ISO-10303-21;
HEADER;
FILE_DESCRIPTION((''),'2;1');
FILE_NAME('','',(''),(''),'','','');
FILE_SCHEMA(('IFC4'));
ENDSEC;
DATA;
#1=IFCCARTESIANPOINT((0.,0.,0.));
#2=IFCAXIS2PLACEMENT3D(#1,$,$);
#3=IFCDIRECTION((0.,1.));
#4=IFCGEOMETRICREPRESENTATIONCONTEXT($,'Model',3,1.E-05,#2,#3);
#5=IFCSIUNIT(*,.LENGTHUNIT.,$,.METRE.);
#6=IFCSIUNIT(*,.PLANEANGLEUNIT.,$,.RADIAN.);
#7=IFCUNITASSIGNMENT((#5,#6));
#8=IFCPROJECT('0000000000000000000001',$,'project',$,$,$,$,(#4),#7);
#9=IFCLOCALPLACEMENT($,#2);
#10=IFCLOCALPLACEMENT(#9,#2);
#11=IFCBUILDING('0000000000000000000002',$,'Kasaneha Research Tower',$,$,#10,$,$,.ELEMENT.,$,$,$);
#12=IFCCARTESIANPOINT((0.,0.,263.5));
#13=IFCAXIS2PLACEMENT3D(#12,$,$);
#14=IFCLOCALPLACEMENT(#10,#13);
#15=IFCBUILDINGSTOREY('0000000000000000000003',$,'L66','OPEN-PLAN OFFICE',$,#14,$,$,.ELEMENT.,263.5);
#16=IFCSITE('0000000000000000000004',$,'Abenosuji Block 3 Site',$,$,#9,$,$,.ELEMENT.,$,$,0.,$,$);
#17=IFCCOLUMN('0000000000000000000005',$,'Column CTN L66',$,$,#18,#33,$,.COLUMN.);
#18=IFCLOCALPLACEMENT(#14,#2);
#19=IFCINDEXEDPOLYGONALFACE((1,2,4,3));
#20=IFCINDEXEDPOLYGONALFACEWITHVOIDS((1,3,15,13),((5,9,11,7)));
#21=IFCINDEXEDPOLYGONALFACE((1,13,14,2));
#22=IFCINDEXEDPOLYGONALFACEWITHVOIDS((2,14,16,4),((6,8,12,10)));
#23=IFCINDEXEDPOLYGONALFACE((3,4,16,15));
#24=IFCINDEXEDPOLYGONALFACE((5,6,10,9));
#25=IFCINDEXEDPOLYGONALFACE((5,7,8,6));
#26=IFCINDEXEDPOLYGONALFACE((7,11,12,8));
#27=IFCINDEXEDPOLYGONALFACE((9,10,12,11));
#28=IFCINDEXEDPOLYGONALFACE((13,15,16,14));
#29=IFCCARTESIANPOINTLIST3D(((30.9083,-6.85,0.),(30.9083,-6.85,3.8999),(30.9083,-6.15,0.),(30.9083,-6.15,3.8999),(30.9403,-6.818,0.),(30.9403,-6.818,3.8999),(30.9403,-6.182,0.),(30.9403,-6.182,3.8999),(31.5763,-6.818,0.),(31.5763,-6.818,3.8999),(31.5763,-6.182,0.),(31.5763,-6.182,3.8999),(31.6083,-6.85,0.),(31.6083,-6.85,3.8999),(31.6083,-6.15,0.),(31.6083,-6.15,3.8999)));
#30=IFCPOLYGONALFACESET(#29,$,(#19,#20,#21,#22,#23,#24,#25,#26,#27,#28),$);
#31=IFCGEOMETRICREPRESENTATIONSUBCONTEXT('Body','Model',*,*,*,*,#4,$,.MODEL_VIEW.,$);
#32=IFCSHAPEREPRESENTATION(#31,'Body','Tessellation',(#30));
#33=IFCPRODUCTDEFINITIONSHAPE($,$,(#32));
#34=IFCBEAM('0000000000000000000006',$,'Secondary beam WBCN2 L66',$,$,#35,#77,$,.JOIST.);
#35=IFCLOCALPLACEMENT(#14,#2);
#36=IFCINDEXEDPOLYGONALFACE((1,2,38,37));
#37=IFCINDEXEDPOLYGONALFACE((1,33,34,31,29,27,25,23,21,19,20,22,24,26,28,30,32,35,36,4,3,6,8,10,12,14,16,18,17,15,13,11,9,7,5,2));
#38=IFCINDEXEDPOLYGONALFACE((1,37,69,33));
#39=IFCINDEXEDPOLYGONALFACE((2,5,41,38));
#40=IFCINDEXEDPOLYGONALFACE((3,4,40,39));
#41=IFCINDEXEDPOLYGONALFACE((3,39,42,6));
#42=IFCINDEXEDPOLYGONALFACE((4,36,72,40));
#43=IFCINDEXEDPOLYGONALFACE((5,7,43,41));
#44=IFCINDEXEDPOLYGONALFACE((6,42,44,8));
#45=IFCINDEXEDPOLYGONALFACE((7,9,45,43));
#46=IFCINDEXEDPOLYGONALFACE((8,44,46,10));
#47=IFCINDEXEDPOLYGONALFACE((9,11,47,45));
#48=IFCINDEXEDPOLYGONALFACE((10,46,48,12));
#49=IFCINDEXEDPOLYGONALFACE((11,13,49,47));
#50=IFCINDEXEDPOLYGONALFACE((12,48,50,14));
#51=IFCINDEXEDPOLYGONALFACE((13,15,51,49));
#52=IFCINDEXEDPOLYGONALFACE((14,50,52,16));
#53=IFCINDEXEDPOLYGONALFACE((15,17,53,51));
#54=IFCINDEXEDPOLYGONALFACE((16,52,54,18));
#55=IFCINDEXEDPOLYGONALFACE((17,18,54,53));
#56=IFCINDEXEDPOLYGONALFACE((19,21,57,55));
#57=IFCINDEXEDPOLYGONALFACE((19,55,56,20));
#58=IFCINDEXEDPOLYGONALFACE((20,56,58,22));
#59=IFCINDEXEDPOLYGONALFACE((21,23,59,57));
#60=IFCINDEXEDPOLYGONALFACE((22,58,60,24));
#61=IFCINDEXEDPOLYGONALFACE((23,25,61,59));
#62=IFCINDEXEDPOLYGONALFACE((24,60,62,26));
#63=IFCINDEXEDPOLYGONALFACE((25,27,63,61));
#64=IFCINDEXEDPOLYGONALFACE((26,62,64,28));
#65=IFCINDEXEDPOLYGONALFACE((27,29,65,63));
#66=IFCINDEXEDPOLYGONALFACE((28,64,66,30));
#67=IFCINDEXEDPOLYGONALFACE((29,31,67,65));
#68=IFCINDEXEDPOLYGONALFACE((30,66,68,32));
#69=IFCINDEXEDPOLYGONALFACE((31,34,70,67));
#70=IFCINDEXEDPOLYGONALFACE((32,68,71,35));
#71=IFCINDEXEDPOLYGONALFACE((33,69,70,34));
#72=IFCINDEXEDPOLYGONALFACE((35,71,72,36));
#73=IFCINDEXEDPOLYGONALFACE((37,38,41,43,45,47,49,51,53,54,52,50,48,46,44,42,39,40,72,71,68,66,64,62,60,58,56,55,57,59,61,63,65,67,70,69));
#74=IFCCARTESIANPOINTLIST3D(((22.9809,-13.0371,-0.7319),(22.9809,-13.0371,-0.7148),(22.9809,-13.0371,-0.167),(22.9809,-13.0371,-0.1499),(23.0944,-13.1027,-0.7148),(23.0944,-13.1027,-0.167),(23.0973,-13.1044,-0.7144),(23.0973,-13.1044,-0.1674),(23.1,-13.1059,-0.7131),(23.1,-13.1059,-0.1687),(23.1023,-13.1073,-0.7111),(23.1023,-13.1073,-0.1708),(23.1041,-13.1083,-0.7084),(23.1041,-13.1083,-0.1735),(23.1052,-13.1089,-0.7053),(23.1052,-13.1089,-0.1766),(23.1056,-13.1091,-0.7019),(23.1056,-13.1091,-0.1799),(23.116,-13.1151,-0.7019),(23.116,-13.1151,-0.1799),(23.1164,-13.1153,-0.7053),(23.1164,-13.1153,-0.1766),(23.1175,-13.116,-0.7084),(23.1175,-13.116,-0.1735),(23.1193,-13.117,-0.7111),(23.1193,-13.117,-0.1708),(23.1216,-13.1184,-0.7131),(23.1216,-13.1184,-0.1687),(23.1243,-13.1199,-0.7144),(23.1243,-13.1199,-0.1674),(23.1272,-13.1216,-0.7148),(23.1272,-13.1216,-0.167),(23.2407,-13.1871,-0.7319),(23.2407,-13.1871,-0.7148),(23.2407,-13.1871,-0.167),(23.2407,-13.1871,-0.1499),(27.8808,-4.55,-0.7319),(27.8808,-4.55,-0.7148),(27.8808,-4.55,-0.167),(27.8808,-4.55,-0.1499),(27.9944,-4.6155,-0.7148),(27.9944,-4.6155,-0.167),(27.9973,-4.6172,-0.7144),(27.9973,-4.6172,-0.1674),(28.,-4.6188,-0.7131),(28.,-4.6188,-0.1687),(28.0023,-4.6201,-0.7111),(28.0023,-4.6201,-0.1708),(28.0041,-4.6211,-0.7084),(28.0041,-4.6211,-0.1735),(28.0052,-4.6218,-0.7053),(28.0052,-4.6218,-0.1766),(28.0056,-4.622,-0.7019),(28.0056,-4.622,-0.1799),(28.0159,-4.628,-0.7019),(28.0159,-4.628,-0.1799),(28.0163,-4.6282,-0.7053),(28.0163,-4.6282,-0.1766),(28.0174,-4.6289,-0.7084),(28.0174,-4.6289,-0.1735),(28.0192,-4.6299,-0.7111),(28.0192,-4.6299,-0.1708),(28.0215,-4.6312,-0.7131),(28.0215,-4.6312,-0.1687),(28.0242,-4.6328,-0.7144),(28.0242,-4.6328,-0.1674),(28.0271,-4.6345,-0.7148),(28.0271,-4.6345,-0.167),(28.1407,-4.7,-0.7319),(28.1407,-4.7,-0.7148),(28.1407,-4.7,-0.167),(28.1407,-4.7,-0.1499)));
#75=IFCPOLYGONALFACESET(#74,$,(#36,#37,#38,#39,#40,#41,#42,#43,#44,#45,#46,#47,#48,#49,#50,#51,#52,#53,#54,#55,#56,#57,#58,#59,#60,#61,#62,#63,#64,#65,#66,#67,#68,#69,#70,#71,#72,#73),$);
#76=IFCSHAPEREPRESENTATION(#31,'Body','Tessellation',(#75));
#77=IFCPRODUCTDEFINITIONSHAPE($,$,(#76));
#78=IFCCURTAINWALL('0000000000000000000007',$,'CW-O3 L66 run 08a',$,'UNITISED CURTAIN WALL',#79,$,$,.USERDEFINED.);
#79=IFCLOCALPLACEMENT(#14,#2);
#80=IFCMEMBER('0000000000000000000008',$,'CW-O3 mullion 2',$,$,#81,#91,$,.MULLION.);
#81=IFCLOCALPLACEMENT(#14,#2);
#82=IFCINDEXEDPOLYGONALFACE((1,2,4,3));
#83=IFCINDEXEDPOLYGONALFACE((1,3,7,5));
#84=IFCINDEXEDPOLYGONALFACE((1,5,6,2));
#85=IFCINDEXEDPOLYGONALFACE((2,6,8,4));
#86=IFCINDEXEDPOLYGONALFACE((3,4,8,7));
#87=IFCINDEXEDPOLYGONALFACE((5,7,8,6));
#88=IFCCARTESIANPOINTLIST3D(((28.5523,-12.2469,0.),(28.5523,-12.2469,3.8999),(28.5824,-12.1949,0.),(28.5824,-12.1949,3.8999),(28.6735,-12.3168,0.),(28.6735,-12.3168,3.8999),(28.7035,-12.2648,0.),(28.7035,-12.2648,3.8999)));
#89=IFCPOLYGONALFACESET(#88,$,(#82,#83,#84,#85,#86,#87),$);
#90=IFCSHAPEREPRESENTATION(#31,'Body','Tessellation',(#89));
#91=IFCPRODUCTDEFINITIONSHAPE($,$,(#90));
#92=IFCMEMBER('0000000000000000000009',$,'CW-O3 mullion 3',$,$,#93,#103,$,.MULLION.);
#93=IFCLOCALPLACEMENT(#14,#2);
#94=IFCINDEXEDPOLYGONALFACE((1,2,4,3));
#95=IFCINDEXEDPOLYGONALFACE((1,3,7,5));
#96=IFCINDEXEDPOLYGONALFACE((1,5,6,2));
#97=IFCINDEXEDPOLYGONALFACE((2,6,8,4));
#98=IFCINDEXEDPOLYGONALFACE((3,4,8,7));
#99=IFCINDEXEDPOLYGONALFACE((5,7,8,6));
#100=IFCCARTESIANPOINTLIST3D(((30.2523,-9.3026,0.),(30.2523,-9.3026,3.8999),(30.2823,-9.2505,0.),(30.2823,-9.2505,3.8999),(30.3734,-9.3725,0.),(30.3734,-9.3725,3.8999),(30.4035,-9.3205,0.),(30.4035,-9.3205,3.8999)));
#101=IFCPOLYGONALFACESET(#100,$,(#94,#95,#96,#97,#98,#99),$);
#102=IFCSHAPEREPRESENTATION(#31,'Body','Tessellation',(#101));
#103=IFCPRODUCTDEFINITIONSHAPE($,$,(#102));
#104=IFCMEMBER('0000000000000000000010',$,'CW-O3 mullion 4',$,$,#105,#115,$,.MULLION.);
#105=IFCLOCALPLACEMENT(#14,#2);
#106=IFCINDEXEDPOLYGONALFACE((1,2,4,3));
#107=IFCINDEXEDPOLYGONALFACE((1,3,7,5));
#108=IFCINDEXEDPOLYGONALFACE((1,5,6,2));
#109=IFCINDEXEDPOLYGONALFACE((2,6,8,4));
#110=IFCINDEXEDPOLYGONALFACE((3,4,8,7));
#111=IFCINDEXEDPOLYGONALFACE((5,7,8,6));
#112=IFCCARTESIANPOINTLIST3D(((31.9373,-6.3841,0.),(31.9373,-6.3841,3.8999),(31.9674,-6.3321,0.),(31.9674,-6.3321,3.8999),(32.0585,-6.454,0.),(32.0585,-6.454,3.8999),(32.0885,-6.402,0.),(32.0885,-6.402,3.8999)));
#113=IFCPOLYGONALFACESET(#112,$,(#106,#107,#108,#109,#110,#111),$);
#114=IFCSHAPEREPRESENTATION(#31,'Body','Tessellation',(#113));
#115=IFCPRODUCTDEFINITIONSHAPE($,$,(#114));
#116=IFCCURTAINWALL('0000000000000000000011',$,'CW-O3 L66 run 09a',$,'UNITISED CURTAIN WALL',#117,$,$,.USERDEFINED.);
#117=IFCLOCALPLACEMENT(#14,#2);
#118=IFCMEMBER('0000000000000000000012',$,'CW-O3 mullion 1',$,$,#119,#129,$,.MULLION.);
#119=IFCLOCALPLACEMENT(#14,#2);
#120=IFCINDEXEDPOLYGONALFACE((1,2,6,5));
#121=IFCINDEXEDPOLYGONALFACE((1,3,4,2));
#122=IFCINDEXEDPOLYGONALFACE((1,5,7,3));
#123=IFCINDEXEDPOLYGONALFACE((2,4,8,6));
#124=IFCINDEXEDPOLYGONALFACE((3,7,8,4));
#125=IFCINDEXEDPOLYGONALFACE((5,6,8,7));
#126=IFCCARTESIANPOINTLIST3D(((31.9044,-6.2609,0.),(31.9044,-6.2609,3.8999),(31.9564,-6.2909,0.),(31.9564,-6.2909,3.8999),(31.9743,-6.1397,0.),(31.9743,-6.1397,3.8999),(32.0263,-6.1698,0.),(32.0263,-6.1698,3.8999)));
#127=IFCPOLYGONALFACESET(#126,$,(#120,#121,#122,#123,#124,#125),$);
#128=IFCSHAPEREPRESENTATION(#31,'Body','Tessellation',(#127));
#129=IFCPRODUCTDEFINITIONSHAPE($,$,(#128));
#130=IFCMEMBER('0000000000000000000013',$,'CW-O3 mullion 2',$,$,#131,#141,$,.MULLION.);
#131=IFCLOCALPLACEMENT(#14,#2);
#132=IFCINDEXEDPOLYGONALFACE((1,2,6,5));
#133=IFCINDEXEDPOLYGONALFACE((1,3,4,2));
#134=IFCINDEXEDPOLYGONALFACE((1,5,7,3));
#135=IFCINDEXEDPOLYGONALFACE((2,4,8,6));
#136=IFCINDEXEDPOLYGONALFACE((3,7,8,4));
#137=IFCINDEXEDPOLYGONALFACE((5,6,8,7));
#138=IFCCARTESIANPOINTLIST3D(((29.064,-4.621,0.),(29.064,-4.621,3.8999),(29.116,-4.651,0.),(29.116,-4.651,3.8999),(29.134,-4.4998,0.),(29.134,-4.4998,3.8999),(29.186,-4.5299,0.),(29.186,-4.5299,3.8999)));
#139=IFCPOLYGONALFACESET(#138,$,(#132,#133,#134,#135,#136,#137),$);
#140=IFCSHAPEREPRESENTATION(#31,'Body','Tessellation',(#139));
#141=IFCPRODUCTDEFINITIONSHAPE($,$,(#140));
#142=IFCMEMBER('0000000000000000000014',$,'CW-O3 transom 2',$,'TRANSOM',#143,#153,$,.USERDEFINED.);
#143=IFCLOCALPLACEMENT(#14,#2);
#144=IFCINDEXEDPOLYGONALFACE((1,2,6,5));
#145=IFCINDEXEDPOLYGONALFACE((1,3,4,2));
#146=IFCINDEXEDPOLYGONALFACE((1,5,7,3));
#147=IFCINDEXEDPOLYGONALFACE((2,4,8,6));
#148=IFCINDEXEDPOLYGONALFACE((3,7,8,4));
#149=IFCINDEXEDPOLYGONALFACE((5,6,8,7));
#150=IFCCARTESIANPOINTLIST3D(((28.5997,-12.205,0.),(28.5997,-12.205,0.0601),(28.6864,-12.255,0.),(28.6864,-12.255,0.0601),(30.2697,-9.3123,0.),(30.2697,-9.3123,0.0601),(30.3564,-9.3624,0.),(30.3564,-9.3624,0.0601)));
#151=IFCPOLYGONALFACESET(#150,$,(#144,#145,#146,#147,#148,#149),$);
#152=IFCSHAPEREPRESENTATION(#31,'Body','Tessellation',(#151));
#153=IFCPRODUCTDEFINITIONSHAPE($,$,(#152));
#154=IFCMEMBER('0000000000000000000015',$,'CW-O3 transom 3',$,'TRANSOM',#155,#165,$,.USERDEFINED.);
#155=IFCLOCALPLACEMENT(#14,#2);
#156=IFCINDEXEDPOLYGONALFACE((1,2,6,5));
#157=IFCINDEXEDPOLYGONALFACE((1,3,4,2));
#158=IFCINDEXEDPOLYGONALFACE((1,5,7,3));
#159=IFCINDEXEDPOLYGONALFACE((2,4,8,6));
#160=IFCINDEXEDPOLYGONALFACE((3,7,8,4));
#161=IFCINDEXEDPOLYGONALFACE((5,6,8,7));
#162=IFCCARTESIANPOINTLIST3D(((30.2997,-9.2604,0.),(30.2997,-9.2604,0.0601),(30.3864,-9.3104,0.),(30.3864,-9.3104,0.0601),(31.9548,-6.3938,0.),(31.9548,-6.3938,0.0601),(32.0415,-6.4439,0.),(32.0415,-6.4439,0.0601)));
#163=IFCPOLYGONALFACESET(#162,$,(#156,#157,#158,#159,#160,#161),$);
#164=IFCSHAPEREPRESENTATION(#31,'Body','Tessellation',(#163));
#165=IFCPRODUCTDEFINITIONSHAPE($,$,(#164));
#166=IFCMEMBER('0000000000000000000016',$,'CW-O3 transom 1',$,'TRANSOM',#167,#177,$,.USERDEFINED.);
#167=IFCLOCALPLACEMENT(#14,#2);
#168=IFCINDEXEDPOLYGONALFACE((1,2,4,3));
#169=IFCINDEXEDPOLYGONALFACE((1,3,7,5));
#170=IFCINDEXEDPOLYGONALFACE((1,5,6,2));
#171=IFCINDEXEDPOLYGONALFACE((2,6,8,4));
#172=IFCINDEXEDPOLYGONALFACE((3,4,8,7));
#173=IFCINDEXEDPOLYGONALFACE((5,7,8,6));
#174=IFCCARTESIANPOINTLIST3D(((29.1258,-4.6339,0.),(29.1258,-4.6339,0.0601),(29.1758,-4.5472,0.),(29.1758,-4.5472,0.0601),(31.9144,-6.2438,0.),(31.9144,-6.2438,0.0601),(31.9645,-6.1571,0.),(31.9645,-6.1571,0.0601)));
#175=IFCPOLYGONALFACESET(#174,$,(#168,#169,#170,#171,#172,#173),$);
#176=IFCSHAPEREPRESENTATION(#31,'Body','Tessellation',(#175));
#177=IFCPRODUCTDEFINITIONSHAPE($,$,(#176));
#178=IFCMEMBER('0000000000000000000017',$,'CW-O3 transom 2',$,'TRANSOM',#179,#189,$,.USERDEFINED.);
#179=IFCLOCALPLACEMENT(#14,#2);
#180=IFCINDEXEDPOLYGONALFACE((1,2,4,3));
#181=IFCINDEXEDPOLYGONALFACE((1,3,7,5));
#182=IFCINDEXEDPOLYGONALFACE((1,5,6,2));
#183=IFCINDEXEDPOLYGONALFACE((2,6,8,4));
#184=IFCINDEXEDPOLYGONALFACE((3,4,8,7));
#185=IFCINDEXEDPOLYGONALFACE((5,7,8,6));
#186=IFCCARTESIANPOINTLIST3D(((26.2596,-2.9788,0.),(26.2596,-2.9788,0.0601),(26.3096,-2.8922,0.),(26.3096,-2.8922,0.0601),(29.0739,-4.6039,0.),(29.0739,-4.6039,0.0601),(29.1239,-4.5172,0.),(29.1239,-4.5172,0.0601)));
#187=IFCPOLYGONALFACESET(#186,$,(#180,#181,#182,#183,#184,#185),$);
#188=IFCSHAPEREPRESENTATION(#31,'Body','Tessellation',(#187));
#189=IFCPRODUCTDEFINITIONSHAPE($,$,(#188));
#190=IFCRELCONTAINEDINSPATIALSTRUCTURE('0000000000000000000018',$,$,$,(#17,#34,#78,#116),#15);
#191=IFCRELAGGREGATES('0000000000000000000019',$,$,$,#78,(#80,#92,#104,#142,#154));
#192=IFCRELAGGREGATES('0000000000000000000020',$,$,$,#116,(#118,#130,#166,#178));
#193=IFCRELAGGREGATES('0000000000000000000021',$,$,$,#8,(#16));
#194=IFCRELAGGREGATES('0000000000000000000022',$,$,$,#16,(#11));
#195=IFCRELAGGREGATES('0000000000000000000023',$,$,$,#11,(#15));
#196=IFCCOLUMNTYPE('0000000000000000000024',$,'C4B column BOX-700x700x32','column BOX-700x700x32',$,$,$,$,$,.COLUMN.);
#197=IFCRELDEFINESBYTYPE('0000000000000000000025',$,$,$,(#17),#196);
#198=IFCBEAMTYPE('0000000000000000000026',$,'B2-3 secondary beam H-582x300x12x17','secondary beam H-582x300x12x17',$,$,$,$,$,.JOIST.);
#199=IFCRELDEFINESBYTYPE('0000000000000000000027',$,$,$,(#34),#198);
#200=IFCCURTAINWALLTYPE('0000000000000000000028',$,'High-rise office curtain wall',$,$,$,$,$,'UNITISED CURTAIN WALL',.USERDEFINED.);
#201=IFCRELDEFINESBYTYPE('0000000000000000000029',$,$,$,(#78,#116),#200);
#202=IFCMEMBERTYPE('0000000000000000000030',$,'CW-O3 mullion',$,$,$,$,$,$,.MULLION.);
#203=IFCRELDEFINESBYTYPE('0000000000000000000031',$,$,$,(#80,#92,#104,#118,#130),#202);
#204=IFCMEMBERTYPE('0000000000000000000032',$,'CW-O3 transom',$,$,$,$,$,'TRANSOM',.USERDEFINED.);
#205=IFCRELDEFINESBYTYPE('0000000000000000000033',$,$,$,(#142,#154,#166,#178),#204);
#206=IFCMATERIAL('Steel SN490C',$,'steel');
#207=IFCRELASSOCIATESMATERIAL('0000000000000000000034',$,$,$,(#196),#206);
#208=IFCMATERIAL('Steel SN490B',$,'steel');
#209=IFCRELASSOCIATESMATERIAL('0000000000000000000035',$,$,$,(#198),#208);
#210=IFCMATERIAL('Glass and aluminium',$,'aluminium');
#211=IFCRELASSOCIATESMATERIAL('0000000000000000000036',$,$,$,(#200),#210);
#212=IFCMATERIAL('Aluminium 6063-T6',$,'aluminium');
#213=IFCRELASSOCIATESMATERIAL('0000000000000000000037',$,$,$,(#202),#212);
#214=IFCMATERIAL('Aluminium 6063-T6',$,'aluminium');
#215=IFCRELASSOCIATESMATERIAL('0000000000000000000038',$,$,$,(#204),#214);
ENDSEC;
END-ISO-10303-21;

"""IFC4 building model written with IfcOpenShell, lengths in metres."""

from ifc_helpers import new_model, si_unit, direction, frame, origin, origin_2d, place, context, subcontext, project, spatial, rectangle, hollow_rectangle, i_section, extrude, material, material_profile, profile_set, type_object, element, aggregate, save


model = new_model("IFC4")

# Units and contexts
model_context = context("Model", 3, precision=1e-05, world=origin(), true_north=direction((0.0, 1.0)))
body_context = subcontext(model_context, "Body", "Model", "MODEL_VIEW")
ifc_project = project(units=[si_unit("LENGTHUNIT", "METRE"), si_unit("PLANEANGLEUNIT", "RADIAN")], contexts=[model_context])

# Site, building, storey
site_placement = place(None, origin())
site = spatial("IfcSite", under=ifc_project, at=site_placement, Name="Abenosuji Block 3 Site", CompositionType="ELEMENT", RefElevation=0.0)
building_placement = place(site_placement, origin())
building = spatial("IfcBuilding", under=site, at=building_placement, Name="Kasaneha Research Tower", CompositionType="ELEMENT")
storey_placement = place(building_placement, frame((0.0, 0.0, 263.5)))
storey = spatial("IfcBuildingStorey", under=building, at=storey_placement, Name="L66", Description="OPEN-PLAN OFFICE", CompositionType="ELEMENT", Elevation=263.5)

# Column
ifc_material_1 = material(Name="Steel SN490C", Category="steel")
ifc_material_profile_1 = material_profile(ifc_material_1, hollow_rectangle(XDim=0.7, YDim=0.7, WallThickness=0.032, at=origin_2d()), Name="BOX-700x700x32")
ifc_profile_set_1 = profile_set([ifc_material_profile_1], Name="Steel SN490C")
column_type = type_object("IfcColumnType", Name="C4B column BOX-700x700x32", Description="column BOX-700x700x32", PredefinedType="COLUMN", material=ifc_profile_set_1)
column_placement = place(storey_placement, frame((31.2583, -6.5, 0.0), z_axis=(0.0, 0.0, 1.0), x_axis=(1.0, 0.0, 0.0)))
element("IfcColumn", 1, at=column_placement, inside=storey, type_object=column_type, Name="Column CTN L66", PredefinedType="COLUMN", context=body_context, shape_type="SweptSolid", body=[
    extrude(hollow_rectangle(XDim=0.7, YDim=0.7, WallThickness=0.032, at=origin_2d()), origin(), (0.0, 0.0, 1.0), 3.8999),
])

# Beam
ifc_material_2 = material(Name="Steel SN490B", Category="steel")
ifc_material_profile_2 = material_profile(ifc_material_2, i_section(OverallWidth=0.3, OverallDepth=0.582, WebThickness=0.012, FlangeThickness=0.0171, FilletRadius=0.0129, at=origin_2d()), Name="H-582x300x12x17")
ifc_profile_set_2 = profile_set([ifc_material_profile_2], Name="Steel SN490B")
beam_type_1 = type_object("IfcBeamType", Name="B2-3 secondary beam H-582x300x12x17", Description="secondary beam H-582x300x12x17", PredefinedType="JOIST", material=ifc_profile_set_2)
beam_1_placement = place(storey_placement, frame((28.0107, -4.625, -0.4409), z_axis=(-0.499992, -0.86603, 0.0), x_axis=(0.86603, -0.499992, 0.0)))
element("IfcBeam", 2, at=beam_1_placement, inside=storey, type_object=beam_type_1, Name="Secondary beam WBCN2 L66", PredefinedType="JOIST", context=body_context, shape_type="SweptSolid", body=[
    extrude(i_section(OverallWidth=0.3, OverallDepth=0.582, WebThickness=0.012, FlangeThickness=0.0171, FilletRadius=0.0129, at=origin_2d()), origin(), (0.0, 0.0, 1.0), 9.8),
])

# Curtain walls, members
ifc_material_3 = material(Name="Glass and aluminium", Category="aluminium")
curtain_wall_type = type_object("IfcCurtainWallType", Name="High-rise office curtain wall", ElementType="UNITISED CURTAIN WALL", PredefinedType="USERDEFINED", material=ifc_material_3)
curtain_wall_1_placement = place(storey_placement, origin())
curtain_wall_1 = element("IfcCurtainWall", 3, at=curtain_wall_1_placement, inside=storey, type_object=curtain_wall_type, Name="CW-O3 L66 run 08a", ObjectType="UNITISED CURTAIN WALL", PredefinedType="USERDEFINED")
ifc_material_4 = material(Name="Aluminium 6063-T6", Category="aluminium")
ifc_material_profile_3 = material_profile(ifc_material_4, rectangle(XDim=0.0601, YDim=0.1399, at=origin_2d()), Name="CW-O3 mullion 60x140")
ifc_profile_set_3 = profile_set([ifc_material_profile_3], Name="Aluminium 6063-T6")
member_type_1 = type_object("IfcMemberType", Name="CW-O3 mullion", PredefinedType="MULLION", material=ifc_profile_set_3)
member_1_placement = place(storey_placement, frame((28.6279, -12.2559, 0.0), z_axis=(0.0, 0.0, 1.0), x_axis=(0.5, 0.866025, 0.0)))
member_1 = element("IfcMember", 4, at=member_1_placement, type_object=member_type_1, Name="CW-O3 mullion 2", PredefinedType="MULLION", context=body_context, shape_type="SweptSolid", body=[
    extrude(rectangle(XDim=0.0601, YDim=0.1399, at=origin_2d()), origin(), (0.0, 0.0, 1.0), 3.8999),
])
member_2_placement = place(storey_placement, frame((30.3279, -9.3115, 0.0), z_axis=(0.0, 0.0, 1.0), x_axis=(0.5, 0.866025, 0.0)))
member_2 = element("IfcMember", 5, at=member_2_placement, type_object=member_type_1, Name="CW-O3 mullion 3", PredefinedType="MULLION", context=body_context, shape_type="SweptSolid", body=[
    extrude(rectangle(XDim=0.0601, YDim=0.1399, at=origin_2d()), origin(), (0.0, 0.0, 1.0), 3.8999),
])
member_3_placement = place(storey_placement, frame((32.0129, -6.3931, 0.0), z_axis=(0.0, 0.0, 1.0), x_axis=(0.5, 0.866025, 0.0)))
member_3 = element("IfcMember", 6, at=member_3_placement, type_object=member_type_1, Name="CW-O3 mullion 4", PredefinedType="MULLION", context=body_context, shape_type="SweptSolid", body=[
    extrude(rectangle(XDim=0.0601, YDim=0.1399, at=origin_2d()), origin(), (0.0, 0.0, 1.0), 3.8999),
])
curtain_wall_2_placement = place(storey_placement, origin())
curtain_wall_2 = element("IfcCurtainWall", 7, at=curtain_wall_2_placement, inside=storey, type_object=curtain_wall_type, Name="CW-O3 L66 run 09a", ObjectType="UNITISED CURTAIN WALL", PredefinedType="USERDEFINED")
member_4_placement = place(storey_placement, frame((31.9653, -6.2153, 0.0), z_axis=(0.0, 0.0, 1.0), x_axis=(-0.866025, 0.5, 0.0)))
member_4 = element("IfcMember", 8, at=member_4_placement, type_object=member_type_1, Name="CW-O3 mullion 1", PredefinedType="MULLION", context=body_context, shape_type="SweptSolid", body=[
    extrude(rectangle(XDim=0.0601, YDim=0.1399, at=origin_2d()), origin(), (0.0, 0.0, 1.0), 3.8999),
])
member_5_placement = place(storey_placement, frame((29.125, -4.5754, 0.0), z_axis=(0.0, 0.0, 1.0), x_axis=(-0.866025, 0.5, 0.0)))
member_5 = element("IfcMember", 9, at=member_5_placement, type_object=member_type_1, Name="CW-O3 mullion 2", PredefinedType="MULLION", context=body_context, shape_type="SweptSolid", body=[
    extrude(rectangle(XDim=0.0601, YDim=0.1399, at=origin_2d()), origin(), (0.0, 0.0, 1.0), 3.8999),
])

# Members
ifc_material_5 = material(Name="Aluminium 6063-T6", Category="aluminium")
ifc_material_profile_4 = material_profile(ifc_material_5, rectangle(XDim=0.1001, YDim=0.0601, at=origin_2d()), Name="CW-O3 transom 100x60")
ifc_profile_set_4 = profile_set([ifc_material_profile_4], Name="Aluminium 6063-T6")
member_type_2 = type_object("IfcMemberType", Name="CW-O3 transom", ElementType="TRANSOM", PredefinedType="USERDEFINED", material=ifc_profile_set_4)
member_6_placement = place(storey_placement, frame((28.6431, -12.23, 0.03), z_axis=(0.499976, 0.86604, 0.0), x_axis=(-0.86604, 0.499976, 0.0)))
member_6 = element("IfcMember", 10, at=member_6_placement, type_object=member_type_2, Name="CW-O3 transom 2", ObjectType="TRANSOM", PredefinedType="USERDEFINED", context=body_context, shape_type="SweptSolid", body=[
    extrude(rectangle(XDim=0.1001, YDim=0.0601, at=origin_2d()), origin(), (0.0, 0.0, 1.0), 3.3401),
])
member_7_placement = place(storey_placement, frame((30.343, -9.2854, 0.03), z_axis=(0.500018, 0.866015, 0.0), x_axis=(-0.866015, 0.500018, 0.0)))
member_7 = element("IfcMember", 11, at=member_7_placement, type_object=member_type_2, Name="CW-O3 transom 3", ObjectType="TRANSOM", PredefinedType="USERDEFINED", context=body_context, shape_type="SweptSolid", body=[
    extrude(rectangle(XDim=0.1001, YDim=0.0601, at=origin_2d()), origin(), (0.0, 0.0, 1.0), 3.3101),
])
member_8_placement = place(storey_placement, frame((31.9395, -6.2004, 0.03), z_axis=(-0.866042, 0.499972, 0.0), x_axis=(-0.499972, -0.866042, 0.0)))
member_8 = element("IfcMember", 12, at=member_8_placement, type_object=member_type_2, Name="CW-O3 transom 1", ObjectType="TRANSOM", PredefinedType="USERDEFINED", context=body_context, shape_type="SweptSolid", body=[
    extrude(rectangle(XDim=0.1001, YDim=0.0601, at=origin_2d()), origin(), (0.0, 0.0, 1.0), 3.22),
])
member_9_placement = place(storey_placement, frame((29.0989, -4.5605, 0.03), z_axis=(-0.865997, 0.50005, 0.0), x_axis=(-0.50005, -0.865997, 0.0)))
member_9 = element("IfcMember", 13, at=member_9_placement, type_object=member_type_2, Name="CW-O3 transom 2", ObjectType="TRANSOM", PredefinedType="USERDEFINED", context=body_context, shape_type="SweptSolid", body=[
    extrude(rectangle(XDim=0.1001, YDim=0.0601, at=origin_2d()), origin(), (0.0, 0.0, 1.0), 3.2498),
])

aggregate(curtain_wall_1, [member_1, member_2, member_3, member_6, member_7])
aggregate(curtain_wall_2, [member_4, member_5, member_8, member_9])

save(model, "model.ifc")
